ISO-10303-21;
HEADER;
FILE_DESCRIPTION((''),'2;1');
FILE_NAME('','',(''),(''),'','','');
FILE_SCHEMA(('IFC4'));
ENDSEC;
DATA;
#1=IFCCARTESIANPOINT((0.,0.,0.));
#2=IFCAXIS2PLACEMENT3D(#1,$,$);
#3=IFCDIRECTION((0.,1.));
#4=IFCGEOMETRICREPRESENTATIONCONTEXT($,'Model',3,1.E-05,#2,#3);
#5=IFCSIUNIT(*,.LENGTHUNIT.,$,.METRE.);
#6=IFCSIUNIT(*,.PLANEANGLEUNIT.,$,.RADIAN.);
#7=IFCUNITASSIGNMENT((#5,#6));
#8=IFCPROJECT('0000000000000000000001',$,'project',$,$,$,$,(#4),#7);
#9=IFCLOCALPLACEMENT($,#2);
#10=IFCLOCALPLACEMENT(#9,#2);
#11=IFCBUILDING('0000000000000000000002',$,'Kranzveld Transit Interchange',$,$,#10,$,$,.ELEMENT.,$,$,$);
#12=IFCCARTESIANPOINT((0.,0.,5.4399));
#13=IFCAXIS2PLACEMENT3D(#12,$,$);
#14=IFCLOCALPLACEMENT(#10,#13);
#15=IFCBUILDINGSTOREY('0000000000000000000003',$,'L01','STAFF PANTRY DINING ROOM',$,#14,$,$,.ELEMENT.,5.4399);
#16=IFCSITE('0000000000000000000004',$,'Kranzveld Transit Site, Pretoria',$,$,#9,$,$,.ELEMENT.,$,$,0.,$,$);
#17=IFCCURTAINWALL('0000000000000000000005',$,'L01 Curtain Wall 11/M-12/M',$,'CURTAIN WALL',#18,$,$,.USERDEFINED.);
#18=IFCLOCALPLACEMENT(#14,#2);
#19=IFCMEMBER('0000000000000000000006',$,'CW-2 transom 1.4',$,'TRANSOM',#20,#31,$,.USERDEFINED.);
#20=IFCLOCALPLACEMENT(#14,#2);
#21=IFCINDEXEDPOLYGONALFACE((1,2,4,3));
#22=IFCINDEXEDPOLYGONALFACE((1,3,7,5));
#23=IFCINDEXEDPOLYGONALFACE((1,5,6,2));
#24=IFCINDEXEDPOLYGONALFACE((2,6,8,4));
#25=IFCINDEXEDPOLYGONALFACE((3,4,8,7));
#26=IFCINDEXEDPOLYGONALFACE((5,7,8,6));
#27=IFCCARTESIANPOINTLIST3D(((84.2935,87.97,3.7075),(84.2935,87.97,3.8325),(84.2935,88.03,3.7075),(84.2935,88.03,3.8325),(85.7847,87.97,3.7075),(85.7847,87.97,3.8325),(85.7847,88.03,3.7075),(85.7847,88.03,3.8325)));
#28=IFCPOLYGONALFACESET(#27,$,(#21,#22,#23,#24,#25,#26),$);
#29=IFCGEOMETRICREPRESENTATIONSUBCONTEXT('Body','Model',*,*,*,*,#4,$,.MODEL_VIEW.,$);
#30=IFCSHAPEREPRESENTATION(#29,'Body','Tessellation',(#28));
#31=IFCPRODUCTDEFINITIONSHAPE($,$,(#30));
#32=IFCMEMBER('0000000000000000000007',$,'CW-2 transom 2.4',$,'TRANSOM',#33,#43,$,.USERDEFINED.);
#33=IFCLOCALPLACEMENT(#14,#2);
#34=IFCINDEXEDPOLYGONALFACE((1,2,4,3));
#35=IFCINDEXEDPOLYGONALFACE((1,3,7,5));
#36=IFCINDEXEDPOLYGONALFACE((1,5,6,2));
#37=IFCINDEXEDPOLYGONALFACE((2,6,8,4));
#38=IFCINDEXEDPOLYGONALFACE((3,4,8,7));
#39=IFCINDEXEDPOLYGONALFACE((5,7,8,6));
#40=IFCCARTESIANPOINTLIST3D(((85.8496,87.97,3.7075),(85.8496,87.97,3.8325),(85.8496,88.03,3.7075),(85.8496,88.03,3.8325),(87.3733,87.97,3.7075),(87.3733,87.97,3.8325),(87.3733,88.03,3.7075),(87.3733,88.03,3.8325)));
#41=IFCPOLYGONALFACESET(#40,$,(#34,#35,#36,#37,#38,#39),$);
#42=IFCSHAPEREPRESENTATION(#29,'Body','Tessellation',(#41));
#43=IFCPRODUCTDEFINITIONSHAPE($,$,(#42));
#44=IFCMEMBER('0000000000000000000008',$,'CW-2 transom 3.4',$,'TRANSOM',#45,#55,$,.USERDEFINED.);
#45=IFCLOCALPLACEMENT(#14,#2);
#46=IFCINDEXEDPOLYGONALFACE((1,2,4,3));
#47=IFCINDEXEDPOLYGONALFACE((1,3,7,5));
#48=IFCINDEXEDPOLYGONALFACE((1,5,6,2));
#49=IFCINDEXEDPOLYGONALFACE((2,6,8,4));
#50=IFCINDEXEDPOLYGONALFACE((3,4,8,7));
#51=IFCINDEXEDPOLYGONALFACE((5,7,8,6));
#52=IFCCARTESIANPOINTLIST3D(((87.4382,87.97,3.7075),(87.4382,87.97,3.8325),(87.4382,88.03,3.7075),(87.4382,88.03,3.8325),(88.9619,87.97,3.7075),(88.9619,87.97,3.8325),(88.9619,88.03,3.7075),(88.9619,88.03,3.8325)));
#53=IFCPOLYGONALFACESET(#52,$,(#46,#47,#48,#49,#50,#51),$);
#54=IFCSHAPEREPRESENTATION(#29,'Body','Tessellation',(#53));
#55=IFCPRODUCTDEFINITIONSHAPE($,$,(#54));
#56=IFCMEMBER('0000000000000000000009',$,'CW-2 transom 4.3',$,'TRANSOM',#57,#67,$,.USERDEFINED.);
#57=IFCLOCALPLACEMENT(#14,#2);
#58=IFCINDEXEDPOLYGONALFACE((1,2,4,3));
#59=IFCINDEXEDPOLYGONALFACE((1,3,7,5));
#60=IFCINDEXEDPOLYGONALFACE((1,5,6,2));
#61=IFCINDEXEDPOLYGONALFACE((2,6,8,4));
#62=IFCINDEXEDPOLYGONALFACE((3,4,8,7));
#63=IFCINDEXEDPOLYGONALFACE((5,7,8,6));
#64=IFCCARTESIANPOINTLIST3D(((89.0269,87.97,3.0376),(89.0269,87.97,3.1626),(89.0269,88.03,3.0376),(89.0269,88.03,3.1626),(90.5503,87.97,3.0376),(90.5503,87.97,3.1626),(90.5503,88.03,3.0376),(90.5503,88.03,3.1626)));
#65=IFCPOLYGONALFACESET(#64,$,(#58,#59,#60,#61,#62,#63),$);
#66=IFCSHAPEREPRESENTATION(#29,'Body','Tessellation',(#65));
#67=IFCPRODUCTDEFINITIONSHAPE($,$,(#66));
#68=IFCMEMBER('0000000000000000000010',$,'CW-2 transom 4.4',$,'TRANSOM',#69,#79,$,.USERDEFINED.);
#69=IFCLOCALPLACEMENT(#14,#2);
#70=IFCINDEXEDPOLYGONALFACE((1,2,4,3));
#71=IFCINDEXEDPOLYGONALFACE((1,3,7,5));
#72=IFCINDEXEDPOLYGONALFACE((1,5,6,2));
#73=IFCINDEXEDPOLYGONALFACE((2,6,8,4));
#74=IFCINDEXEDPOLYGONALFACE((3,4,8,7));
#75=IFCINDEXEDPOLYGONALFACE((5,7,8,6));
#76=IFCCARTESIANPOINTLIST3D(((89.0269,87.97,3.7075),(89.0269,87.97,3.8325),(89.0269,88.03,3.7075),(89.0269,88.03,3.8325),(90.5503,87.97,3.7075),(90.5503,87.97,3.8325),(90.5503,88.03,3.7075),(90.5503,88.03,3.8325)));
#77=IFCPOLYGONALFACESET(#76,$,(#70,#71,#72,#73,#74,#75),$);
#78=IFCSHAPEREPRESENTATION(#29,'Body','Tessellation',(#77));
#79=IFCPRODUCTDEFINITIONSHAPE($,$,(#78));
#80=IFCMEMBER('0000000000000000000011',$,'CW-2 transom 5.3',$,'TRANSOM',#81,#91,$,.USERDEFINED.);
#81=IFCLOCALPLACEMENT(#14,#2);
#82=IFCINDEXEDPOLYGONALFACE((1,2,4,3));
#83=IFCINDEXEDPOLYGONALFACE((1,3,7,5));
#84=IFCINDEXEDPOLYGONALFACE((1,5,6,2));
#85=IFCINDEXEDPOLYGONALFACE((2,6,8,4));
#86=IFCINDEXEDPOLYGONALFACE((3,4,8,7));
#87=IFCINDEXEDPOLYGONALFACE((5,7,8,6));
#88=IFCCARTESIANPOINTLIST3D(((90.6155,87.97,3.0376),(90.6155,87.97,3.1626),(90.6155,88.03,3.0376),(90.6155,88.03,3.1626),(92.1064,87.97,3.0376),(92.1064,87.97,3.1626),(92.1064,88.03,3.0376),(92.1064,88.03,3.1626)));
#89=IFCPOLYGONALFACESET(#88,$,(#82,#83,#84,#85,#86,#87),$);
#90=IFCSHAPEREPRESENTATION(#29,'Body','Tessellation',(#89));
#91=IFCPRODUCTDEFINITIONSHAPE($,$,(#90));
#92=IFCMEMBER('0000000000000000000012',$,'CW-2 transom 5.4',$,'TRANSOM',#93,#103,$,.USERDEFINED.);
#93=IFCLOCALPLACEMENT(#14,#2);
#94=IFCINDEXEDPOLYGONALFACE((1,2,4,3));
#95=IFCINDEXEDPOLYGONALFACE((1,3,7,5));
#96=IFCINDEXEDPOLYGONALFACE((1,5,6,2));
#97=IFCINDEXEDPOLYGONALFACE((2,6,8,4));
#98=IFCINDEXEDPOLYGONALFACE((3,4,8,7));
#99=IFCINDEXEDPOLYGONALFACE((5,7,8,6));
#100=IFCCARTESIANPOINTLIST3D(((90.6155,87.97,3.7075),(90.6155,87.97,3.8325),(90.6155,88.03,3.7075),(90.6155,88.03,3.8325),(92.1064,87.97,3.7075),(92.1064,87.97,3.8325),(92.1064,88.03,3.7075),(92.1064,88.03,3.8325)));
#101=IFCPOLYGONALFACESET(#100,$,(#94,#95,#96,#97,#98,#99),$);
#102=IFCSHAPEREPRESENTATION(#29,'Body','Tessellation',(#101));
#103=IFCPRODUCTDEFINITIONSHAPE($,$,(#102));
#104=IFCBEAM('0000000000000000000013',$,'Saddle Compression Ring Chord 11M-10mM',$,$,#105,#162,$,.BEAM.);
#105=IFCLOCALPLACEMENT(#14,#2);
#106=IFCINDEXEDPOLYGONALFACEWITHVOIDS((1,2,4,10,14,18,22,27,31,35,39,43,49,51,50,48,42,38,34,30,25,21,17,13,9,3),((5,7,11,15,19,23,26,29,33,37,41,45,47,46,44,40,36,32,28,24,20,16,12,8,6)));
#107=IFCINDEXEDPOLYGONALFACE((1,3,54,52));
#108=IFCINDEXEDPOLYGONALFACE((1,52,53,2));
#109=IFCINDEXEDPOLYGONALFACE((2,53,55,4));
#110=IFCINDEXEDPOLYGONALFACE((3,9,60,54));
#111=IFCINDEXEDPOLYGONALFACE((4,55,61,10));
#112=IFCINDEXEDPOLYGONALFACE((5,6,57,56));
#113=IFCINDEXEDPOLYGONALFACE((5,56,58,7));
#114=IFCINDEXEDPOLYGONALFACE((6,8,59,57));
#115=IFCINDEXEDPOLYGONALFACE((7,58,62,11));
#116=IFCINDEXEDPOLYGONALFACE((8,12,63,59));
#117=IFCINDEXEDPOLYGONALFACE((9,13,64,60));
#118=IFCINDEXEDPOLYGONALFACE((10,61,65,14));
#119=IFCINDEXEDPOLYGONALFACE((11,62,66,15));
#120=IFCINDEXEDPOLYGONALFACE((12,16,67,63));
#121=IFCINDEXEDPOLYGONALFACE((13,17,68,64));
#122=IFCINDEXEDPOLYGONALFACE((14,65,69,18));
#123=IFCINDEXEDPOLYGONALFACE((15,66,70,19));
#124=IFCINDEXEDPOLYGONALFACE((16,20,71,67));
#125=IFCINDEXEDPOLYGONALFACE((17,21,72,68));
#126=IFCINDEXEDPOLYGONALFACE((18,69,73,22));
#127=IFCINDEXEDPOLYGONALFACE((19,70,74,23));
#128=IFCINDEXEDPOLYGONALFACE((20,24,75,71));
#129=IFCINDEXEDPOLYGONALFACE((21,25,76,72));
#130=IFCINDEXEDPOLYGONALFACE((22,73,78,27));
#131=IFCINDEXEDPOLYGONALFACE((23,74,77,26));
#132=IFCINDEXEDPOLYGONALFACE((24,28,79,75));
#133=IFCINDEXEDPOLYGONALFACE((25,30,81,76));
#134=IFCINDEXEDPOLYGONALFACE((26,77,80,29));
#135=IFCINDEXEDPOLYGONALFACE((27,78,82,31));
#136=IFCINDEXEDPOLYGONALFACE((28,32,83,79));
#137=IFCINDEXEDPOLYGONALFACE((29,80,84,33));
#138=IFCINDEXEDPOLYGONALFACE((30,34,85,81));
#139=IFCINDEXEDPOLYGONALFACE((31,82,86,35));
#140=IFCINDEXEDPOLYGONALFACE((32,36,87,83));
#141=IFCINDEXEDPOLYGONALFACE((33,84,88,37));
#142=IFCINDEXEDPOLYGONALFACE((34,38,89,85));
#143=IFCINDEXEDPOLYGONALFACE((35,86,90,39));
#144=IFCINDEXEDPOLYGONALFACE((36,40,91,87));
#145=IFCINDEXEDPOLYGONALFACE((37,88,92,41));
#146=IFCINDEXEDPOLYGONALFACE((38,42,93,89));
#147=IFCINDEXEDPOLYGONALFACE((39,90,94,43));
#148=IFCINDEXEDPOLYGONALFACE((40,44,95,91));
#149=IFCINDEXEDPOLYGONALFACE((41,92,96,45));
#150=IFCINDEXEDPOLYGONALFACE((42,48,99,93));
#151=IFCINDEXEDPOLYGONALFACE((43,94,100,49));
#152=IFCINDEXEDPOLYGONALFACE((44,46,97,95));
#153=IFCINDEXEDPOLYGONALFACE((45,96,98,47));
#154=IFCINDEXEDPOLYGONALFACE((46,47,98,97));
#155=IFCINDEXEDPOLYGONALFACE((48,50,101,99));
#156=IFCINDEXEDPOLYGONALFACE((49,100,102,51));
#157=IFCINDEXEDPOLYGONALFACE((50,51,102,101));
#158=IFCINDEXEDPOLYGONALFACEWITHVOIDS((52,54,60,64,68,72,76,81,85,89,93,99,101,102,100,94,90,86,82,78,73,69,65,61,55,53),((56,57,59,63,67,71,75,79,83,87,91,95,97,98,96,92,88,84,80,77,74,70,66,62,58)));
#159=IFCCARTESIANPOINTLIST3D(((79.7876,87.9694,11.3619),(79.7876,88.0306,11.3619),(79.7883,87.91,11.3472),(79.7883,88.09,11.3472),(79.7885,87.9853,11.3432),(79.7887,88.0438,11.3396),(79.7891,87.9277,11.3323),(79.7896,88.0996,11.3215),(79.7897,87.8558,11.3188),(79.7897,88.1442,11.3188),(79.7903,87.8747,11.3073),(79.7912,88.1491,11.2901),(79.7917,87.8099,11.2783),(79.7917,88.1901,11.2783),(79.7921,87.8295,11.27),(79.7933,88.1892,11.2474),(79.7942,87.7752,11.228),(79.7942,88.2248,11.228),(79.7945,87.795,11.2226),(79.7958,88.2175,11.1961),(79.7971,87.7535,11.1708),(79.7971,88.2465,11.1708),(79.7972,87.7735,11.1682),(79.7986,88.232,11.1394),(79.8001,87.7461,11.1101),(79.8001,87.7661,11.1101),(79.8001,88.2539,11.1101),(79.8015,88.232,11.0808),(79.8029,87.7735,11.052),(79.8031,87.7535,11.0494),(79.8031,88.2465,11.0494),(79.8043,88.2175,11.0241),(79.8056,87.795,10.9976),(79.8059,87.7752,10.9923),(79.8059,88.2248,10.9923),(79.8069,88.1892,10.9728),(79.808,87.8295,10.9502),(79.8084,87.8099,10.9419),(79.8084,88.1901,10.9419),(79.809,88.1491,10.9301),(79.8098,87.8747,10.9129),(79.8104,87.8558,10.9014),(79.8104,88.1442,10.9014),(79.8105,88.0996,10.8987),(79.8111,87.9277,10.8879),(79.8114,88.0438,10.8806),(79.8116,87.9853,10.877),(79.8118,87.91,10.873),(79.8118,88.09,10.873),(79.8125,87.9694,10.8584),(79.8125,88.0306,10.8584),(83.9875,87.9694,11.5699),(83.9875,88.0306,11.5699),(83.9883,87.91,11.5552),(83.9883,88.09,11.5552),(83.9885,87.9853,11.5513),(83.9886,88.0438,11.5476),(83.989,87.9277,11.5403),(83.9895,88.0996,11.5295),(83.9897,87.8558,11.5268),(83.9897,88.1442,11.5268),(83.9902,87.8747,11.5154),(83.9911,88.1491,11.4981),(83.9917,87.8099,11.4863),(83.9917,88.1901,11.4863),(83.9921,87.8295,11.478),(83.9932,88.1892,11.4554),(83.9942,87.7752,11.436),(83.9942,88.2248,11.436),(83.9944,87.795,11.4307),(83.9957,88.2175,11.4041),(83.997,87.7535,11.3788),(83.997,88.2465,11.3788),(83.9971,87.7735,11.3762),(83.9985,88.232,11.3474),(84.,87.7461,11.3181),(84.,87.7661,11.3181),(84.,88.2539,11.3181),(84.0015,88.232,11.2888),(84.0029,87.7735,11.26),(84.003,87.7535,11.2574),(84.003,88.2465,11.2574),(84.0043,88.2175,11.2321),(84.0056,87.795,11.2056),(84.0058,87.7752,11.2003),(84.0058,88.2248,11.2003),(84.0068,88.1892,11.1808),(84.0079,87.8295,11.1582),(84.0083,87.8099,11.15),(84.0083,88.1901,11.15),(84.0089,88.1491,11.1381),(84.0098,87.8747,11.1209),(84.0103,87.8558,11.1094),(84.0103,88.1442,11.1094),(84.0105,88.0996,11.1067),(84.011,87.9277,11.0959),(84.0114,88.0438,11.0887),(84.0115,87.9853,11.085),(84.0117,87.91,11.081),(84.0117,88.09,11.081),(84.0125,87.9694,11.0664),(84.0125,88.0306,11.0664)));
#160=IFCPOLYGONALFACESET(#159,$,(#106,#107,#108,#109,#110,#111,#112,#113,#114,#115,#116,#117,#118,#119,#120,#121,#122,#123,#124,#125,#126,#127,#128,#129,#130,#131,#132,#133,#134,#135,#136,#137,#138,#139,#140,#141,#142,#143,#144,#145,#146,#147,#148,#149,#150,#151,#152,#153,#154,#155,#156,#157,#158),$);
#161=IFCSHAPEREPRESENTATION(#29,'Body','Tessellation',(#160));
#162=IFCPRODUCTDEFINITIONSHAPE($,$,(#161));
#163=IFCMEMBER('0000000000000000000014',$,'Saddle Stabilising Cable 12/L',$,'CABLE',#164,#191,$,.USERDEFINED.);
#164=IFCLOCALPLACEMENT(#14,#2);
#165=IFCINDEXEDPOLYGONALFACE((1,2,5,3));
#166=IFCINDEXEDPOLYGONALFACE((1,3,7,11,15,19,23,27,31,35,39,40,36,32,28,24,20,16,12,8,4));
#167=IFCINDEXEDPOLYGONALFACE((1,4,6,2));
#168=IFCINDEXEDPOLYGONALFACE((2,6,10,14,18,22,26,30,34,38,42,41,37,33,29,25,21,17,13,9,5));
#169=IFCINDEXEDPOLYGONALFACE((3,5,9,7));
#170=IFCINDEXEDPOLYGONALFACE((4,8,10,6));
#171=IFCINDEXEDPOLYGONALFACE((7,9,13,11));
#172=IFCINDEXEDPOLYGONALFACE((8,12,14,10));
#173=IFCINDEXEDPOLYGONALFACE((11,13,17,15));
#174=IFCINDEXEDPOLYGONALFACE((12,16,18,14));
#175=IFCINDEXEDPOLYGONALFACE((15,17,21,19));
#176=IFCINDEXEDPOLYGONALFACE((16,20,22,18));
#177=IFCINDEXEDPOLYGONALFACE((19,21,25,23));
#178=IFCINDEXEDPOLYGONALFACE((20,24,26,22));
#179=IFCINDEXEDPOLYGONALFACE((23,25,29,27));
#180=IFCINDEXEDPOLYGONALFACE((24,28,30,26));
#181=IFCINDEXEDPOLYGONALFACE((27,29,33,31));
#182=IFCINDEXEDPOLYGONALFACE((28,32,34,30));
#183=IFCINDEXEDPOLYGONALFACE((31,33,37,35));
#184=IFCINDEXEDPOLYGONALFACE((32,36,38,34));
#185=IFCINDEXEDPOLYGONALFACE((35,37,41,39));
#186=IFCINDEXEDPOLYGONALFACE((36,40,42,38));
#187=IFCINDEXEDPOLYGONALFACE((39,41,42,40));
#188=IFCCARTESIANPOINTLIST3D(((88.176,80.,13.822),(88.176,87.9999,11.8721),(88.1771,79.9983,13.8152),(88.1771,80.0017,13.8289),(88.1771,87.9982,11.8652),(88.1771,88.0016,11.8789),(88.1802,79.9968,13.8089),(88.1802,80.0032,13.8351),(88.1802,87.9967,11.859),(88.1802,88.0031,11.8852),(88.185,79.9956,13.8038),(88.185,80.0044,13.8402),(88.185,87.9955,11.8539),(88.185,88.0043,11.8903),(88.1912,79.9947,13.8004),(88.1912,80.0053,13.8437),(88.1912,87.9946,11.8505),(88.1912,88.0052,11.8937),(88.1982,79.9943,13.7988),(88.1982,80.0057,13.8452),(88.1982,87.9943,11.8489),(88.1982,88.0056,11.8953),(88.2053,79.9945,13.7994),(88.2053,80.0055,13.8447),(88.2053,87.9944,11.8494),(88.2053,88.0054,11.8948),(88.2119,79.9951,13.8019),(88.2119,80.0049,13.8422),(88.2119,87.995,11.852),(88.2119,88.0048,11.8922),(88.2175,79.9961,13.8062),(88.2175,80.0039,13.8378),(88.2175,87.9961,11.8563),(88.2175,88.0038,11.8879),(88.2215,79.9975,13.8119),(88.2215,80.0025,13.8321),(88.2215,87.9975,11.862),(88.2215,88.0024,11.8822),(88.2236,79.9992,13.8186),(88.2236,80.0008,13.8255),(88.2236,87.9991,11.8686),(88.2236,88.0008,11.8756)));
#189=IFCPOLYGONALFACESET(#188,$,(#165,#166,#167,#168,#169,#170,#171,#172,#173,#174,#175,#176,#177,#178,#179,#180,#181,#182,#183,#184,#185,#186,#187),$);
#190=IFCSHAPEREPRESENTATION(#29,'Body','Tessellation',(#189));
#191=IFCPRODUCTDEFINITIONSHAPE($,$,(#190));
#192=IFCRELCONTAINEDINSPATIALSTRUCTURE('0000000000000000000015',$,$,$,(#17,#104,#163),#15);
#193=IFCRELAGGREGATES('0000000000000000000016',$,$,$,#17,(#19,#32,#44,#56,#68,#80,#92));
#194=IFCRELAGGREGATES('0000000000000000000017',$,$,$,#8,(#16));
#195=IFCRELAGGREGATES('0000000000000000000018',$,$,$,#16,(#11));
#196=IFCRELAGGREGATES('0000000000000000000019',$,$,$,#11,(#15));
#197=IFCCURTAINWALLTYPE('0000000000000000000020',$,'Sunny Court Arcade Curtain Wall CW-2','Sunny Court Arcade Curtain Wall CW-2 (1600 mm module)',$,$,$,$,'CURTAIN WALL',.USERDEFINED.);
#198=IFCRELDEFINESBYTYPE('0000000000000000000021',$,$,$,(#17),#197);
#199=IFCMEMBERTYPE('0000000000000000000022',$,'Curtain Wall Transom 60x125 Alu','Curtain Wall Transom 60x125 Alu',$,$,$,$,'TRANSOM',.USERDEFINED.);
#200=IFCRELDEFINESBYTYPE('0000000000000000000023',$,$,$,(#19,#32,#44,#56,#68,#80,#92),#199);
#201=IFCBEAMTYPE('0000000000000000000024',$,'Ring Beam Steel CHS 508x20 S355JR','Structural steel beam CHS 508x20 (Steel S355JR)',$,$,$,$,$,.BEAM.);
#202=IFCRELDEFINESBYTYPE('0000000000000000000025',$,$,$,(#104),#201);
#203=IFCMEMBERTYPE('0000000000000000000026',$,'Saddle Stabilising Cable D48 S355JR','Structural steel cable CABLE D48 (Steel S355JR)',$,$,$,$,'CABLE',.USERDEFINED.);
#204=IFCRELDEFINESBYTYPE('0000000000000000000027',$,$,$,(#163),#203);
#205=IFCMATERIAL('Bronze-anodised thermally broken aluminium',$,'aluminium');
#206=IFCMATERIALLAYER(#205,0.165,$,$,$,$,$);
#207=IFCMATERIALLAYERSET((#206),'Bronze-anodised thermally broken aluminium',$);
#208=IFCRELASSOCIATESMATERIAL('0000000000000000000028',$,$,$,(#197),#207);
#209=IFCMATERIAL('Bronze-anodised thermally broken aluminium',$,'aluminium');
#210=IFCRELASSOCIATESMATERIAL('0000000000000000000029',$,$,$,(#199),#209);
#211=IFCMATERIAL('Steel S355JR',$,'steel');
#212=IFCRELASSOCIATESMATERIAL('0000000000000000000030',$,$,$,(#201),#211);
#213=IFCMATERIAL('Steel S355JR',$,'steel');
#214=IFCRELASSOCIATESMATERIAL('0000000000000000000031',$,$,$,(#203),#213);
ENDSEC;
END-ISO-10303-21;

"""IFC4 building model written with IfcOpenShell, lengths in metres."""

from ifc_helpers import new_model, si_unit, direction, frame, origin, origin_2d, place, context, subcontext, project, spatial, rectangle, circle, hollow_circle, extrude, material, layer, layer_set, material_profile, profile_set, type_object, element, aggregate, save


model = new_model("IFC4")

# Units and contexts
model_context = context("Model", 3, precision=1e-05, world=origin(), true_north=direction((0.0, 1.0)))
body_context = subcontext(model_context, "Body", "Model", "MODEL_VIEW")
ifc_project = project(units=[si_unit("LENGTHUNIT", "METRE"), si_unit("PLANEANGLEUNIT", "RADIAN")], contexts=[model_context])

# Site, building, storey
site_placement = place(None, origin())
site = spatial("IfcSite", under=ifc_project, at=site_placement, Name="Kranzveld Transit Site, Pretoria", CompositionType="ELEMENT", RefElevation=0.0)
building_placement = place(site_placement, origin())
building = spatial("IfcBuilding", under=site, at=building_placement, Name="Kranzveld Transit Interchange", CompositionType="ELEMENT")
storey_placement = place(building_placement, frame((0.0, 0.0, 5.4399)))
storey = spatial("IfcBuildingStorey", under=building, at=storey_placement, Name="L01", Description="STAFF PANTRY DINING ROOM", CompositionType="ELEMENT", Elevation=5.4399)

# Curtain wall, members
ifc_material_1 = material(Name="Bronze-anodised thermally broken aluminium", Category="aluminium")
ifc_layer_1 = layer(ifc_material_1, 0.165)
ifc_layer_set_1 = layer_set([ifc_layer_1], Name="Bronze-anodised thermally broken aluminium")
curtain_wall_type = type_object("IfcCurtainWallType", Name="Sunny Court Arcade Curtain Wall CW-2", Description="Sunny Court Arcade Curtain Wall CW-2 (1600 mm module)", ElementType="CURTAIN WALL", PredefinedType="USERDEFINED", material=ifc_layer_set_1)
curtain_wall_placement = place(storey_placement, origin())
curtain_wall = element("IfcCurtainWall", 1, at=curtain_wall_placement, inside=storey, type_object=curtain_wall_type, Name="L01 Curtain Wall 11/M-12/M", ObjectType="CURTAIN WALL", PredefinedType="USERDEFINED")
ifc_material_2 = material(Name="Bronze-anodised thermally broken aluminium", Category="aluminium")
ifc_material_profile_1 = material_profile(ifc_material_2, rectangle(XDim=0.0601, YDim=0.125, at=origin_2d()), Name="ALU TRANSOM 60x125")
ifc_profile_set_1 = profile_set([ifc_material_profile_1], Name="Bronze-anodised thermally broken aluminium")
member_type_1 = type_object("IfcMemberType", Name="Curtain Wall Transom 60x125 Alu", Description="Curtain Wall Transom 60x125 Alu", ElementType="TRANSOM", PredefinedType="USERDEFINED", material=ifc_profile_set_1)
member_1_placement = place(storey_placement, frame((84.2935, 88.0, 3.77), z_axis=(1.0, 0.0, 0.0), x_axis=(0.0, 1.0, 0.0)))
member_1 = element("IfcMember", 2, at=member_1_placement, type_object=member_type_1, Name="CW-2 transom 1.4", ObjectType="TRANSOM", PredefinedType="USERDEFINED", context=body_context, shape_type="SweptSolid", body=[
    extrude(rectangle(XDim=0.0601, YDim=0.125, at=origin_2d()), origin(), (0.0, 0.0, 1.0), 1.4912),
])
member_2_placement = place(storey_placement, frame((85.8496, 88.0, 3.77), z_axis=(1.0, 0.0, 0.0), x_axis=(0.0, 1.0, 0.0)))
member_2 = element("IfcMember", 3, at=member_2_placement, type_object=member_type_1, Name="CW-2 transom 2.4", ObjectType="TRANSOM", PredefinedType="USERDEFINED", context=body_context, shape_type="SweptSolid", body=[
    extrude(rectangle(XDim=0.0601, YDim=0.125, at=origin_2d()), origin(), (0.0, 0.0, 1.0), 1.5237),
])
member_3_placement = place(storey_placement, frame((87.4382, 88.0, 3.77), z_axis=(1.0, 0.0, 0.0), x_axis=(0.0, 1.0, 0.0)))
member_3 = element("IfcMember", 4, at=member_3_placement, type_object=member_type_1, Name="CW-2 transom 3.4", ObjectType="TRANSOM", PredefinedType="USERDEFINED", context=body_context, shape_type="SweptSolid", body=[
    extrude(rectangle(XDim=0.0601, YDim=0.125, at=origin_2d()), origin(), (0.0, 0.0, 1.0), 1.5237),
])
member_4_placement = place(storey_placement, frame((89.0269, 88.0, 3.1001), z_axis=(1.0, 0.0, 0.0), x_axis=(0.0, 1.0, 0.0)))
member_4 = element("IfcMember", 5, at=member_4_placement, type_object=member_type_1, Name="CW-2 transom 4.3", ObjectType="TRANSOM", PredefinedType="USERDEFINED", context=body_context, shape_type="SweptSolid", body=[
    extrude(rectangle(XDim=0.0601, YDim=0.125, at=origin_2d()), origin(), (0.0, 0.0, 1.0), 1.5234),
])
member_5_placement = place(storey_placement, frame((89.0269, 88.0, 3.77), z_axis=(1.0, 0.0, 0.0), x_axis=(0.0, 1.0, 0.0)))
member_5 = element("IfcMember", 6, at=member_5_placement, type_object=member_type_1, Name="CW-2 transom 4.4", ObjectType="TRANSOM", PredefinedType="USERDEFINED", context=body_context, shape_type="SweptSolid", body=[
    extrude(rectangle(XDim=0.0601, YDim=0.125, at=origin_2d()), origin(), (0.0, 0.0, 1.0), 1.5234),
])
member_6_placement = place(storey_placement, frame((90.6155, 88.0, 3.1001), z_axis=(1.0, 0.0, 0.0), x_axis=(0.0, 1.0, 0.0)))
member_6 = element("IfcMember", 7, at=member_6_placement, type_object=member_type_1, Name="CW-2 transom 5.3", ObjectType="TRANSOM", PredefinedType="USERDEFINED", context=body_context, shape_type="SweptSolid", body=[
    extrude(rectangle(XDim=0.0601, YDim=0.125, at=origin_2d()), origin(), (0.0, 0.0, 1.0), 1.491),
])
member_7_placement = place(storey_placement, frame((90.6155, 88.0, 3.77), z_axis=(1.0, 0.0, 0.0), x_axis=(0.0, 1.0, 0.0)))
member_7 = element("IfcMember", 8, at=member_7_placement, type_object=member_type_1, Name="CW-2 transom 5.4", ObjectType="TRANSOM", PredefinedType="USERDEFINED", context=body_context, shape_type="SweptSolid", body=[
    extrude(rectangle(XDim=0.0601, YDim=0.125, at=origin_2d()), origin(), (0.0, 0.0, 1.0), 1.491),
])

# Beam
ifc_material_3 = material(Name="Steel S355JR", Category="steel")
ifc_material_profile_2 = material_profile(ifc_material_3, hollow_circle(Radius=0.2539, WallThickness=0.02, at=origin_2d()), Name="CHS 508x20")
ifc_profile_set_2 = profile_set([ifc_material_profile_2], Name="Steel S355JR")
beam_type = type_object("IfcBeamType", Name="Ring Beam Steel CHS 508x20 S355JR", Description="Structural steel beam CHS 508x20 (Steel S355JR)", PredefinedType="BEAM", material=ifc_profile_set_2)
beam_placement = place(storey_placement, frame((84.0, 88.0, 11.3181), z_axis=(-0.998776, 0.0, -0.049466), x_axis=(0.0, -1.0, 0.0)))
element("IfcBeam", 9, at=beam_placement, inside=storey, type_object=beam_type, Name="Saddle Compression Ring Chord 11M-10mM", PredefinedType="BEAM", context=body_context, shape_type="SweptSolid", body=[
    extrude(hollow_circle(Radius=0.2539, WallThickness=0.02, at=origin_2d()), origin(), (0.0, 0.0, 1.0), 4.2051),
])

# Member
ifc_material_4 = material(Name="Steel S355JR", Category="steel")
ifc_material_profile_3 = material_profile(ifc_material_4, circle(Radius=0.0239, at=origin_2d()), Name="CABLE D48")
ifc_profile_set_3 = profile_set([ifc_material_profile_3], Name="Steel S355JR")
member_type_2 = type_object("IfcMemberType", Name="Saddle Stabilising Cable D48 S355JR", Description="Structural steel cable CABLE D48 (Steel S355JR)", ElementType="CABLE", PredefinedType="USERDEFINED", material=ifc_profile_set_3)
member_8_placement = place(storey_placement, frame((88.2, 80.0, 13.822), z_axis=(0.0, 0.971556, -0.236811), x_axis=(-1.0, 0.0, 0.0)))
element("IfcMember", 10, at=member_8_placement, inside=storey, type_object=member_type_2, Name="Saddle Stabilising Cable 12/L", ObjectType="CABLE", PredefinedType="USERDEFINED", context=body_context, shape_type="SweptSolid", body=[
    extrude(circle(Radius=0.0239, at=origin_2d()), origin(), (0.0, 0.0, 1.0), 8.2341),
])

aggregate(curtain_wall, [member_1, member_2, member_3, member_4, member_5, member_6, member_7])

save(model, "model.ifc")
